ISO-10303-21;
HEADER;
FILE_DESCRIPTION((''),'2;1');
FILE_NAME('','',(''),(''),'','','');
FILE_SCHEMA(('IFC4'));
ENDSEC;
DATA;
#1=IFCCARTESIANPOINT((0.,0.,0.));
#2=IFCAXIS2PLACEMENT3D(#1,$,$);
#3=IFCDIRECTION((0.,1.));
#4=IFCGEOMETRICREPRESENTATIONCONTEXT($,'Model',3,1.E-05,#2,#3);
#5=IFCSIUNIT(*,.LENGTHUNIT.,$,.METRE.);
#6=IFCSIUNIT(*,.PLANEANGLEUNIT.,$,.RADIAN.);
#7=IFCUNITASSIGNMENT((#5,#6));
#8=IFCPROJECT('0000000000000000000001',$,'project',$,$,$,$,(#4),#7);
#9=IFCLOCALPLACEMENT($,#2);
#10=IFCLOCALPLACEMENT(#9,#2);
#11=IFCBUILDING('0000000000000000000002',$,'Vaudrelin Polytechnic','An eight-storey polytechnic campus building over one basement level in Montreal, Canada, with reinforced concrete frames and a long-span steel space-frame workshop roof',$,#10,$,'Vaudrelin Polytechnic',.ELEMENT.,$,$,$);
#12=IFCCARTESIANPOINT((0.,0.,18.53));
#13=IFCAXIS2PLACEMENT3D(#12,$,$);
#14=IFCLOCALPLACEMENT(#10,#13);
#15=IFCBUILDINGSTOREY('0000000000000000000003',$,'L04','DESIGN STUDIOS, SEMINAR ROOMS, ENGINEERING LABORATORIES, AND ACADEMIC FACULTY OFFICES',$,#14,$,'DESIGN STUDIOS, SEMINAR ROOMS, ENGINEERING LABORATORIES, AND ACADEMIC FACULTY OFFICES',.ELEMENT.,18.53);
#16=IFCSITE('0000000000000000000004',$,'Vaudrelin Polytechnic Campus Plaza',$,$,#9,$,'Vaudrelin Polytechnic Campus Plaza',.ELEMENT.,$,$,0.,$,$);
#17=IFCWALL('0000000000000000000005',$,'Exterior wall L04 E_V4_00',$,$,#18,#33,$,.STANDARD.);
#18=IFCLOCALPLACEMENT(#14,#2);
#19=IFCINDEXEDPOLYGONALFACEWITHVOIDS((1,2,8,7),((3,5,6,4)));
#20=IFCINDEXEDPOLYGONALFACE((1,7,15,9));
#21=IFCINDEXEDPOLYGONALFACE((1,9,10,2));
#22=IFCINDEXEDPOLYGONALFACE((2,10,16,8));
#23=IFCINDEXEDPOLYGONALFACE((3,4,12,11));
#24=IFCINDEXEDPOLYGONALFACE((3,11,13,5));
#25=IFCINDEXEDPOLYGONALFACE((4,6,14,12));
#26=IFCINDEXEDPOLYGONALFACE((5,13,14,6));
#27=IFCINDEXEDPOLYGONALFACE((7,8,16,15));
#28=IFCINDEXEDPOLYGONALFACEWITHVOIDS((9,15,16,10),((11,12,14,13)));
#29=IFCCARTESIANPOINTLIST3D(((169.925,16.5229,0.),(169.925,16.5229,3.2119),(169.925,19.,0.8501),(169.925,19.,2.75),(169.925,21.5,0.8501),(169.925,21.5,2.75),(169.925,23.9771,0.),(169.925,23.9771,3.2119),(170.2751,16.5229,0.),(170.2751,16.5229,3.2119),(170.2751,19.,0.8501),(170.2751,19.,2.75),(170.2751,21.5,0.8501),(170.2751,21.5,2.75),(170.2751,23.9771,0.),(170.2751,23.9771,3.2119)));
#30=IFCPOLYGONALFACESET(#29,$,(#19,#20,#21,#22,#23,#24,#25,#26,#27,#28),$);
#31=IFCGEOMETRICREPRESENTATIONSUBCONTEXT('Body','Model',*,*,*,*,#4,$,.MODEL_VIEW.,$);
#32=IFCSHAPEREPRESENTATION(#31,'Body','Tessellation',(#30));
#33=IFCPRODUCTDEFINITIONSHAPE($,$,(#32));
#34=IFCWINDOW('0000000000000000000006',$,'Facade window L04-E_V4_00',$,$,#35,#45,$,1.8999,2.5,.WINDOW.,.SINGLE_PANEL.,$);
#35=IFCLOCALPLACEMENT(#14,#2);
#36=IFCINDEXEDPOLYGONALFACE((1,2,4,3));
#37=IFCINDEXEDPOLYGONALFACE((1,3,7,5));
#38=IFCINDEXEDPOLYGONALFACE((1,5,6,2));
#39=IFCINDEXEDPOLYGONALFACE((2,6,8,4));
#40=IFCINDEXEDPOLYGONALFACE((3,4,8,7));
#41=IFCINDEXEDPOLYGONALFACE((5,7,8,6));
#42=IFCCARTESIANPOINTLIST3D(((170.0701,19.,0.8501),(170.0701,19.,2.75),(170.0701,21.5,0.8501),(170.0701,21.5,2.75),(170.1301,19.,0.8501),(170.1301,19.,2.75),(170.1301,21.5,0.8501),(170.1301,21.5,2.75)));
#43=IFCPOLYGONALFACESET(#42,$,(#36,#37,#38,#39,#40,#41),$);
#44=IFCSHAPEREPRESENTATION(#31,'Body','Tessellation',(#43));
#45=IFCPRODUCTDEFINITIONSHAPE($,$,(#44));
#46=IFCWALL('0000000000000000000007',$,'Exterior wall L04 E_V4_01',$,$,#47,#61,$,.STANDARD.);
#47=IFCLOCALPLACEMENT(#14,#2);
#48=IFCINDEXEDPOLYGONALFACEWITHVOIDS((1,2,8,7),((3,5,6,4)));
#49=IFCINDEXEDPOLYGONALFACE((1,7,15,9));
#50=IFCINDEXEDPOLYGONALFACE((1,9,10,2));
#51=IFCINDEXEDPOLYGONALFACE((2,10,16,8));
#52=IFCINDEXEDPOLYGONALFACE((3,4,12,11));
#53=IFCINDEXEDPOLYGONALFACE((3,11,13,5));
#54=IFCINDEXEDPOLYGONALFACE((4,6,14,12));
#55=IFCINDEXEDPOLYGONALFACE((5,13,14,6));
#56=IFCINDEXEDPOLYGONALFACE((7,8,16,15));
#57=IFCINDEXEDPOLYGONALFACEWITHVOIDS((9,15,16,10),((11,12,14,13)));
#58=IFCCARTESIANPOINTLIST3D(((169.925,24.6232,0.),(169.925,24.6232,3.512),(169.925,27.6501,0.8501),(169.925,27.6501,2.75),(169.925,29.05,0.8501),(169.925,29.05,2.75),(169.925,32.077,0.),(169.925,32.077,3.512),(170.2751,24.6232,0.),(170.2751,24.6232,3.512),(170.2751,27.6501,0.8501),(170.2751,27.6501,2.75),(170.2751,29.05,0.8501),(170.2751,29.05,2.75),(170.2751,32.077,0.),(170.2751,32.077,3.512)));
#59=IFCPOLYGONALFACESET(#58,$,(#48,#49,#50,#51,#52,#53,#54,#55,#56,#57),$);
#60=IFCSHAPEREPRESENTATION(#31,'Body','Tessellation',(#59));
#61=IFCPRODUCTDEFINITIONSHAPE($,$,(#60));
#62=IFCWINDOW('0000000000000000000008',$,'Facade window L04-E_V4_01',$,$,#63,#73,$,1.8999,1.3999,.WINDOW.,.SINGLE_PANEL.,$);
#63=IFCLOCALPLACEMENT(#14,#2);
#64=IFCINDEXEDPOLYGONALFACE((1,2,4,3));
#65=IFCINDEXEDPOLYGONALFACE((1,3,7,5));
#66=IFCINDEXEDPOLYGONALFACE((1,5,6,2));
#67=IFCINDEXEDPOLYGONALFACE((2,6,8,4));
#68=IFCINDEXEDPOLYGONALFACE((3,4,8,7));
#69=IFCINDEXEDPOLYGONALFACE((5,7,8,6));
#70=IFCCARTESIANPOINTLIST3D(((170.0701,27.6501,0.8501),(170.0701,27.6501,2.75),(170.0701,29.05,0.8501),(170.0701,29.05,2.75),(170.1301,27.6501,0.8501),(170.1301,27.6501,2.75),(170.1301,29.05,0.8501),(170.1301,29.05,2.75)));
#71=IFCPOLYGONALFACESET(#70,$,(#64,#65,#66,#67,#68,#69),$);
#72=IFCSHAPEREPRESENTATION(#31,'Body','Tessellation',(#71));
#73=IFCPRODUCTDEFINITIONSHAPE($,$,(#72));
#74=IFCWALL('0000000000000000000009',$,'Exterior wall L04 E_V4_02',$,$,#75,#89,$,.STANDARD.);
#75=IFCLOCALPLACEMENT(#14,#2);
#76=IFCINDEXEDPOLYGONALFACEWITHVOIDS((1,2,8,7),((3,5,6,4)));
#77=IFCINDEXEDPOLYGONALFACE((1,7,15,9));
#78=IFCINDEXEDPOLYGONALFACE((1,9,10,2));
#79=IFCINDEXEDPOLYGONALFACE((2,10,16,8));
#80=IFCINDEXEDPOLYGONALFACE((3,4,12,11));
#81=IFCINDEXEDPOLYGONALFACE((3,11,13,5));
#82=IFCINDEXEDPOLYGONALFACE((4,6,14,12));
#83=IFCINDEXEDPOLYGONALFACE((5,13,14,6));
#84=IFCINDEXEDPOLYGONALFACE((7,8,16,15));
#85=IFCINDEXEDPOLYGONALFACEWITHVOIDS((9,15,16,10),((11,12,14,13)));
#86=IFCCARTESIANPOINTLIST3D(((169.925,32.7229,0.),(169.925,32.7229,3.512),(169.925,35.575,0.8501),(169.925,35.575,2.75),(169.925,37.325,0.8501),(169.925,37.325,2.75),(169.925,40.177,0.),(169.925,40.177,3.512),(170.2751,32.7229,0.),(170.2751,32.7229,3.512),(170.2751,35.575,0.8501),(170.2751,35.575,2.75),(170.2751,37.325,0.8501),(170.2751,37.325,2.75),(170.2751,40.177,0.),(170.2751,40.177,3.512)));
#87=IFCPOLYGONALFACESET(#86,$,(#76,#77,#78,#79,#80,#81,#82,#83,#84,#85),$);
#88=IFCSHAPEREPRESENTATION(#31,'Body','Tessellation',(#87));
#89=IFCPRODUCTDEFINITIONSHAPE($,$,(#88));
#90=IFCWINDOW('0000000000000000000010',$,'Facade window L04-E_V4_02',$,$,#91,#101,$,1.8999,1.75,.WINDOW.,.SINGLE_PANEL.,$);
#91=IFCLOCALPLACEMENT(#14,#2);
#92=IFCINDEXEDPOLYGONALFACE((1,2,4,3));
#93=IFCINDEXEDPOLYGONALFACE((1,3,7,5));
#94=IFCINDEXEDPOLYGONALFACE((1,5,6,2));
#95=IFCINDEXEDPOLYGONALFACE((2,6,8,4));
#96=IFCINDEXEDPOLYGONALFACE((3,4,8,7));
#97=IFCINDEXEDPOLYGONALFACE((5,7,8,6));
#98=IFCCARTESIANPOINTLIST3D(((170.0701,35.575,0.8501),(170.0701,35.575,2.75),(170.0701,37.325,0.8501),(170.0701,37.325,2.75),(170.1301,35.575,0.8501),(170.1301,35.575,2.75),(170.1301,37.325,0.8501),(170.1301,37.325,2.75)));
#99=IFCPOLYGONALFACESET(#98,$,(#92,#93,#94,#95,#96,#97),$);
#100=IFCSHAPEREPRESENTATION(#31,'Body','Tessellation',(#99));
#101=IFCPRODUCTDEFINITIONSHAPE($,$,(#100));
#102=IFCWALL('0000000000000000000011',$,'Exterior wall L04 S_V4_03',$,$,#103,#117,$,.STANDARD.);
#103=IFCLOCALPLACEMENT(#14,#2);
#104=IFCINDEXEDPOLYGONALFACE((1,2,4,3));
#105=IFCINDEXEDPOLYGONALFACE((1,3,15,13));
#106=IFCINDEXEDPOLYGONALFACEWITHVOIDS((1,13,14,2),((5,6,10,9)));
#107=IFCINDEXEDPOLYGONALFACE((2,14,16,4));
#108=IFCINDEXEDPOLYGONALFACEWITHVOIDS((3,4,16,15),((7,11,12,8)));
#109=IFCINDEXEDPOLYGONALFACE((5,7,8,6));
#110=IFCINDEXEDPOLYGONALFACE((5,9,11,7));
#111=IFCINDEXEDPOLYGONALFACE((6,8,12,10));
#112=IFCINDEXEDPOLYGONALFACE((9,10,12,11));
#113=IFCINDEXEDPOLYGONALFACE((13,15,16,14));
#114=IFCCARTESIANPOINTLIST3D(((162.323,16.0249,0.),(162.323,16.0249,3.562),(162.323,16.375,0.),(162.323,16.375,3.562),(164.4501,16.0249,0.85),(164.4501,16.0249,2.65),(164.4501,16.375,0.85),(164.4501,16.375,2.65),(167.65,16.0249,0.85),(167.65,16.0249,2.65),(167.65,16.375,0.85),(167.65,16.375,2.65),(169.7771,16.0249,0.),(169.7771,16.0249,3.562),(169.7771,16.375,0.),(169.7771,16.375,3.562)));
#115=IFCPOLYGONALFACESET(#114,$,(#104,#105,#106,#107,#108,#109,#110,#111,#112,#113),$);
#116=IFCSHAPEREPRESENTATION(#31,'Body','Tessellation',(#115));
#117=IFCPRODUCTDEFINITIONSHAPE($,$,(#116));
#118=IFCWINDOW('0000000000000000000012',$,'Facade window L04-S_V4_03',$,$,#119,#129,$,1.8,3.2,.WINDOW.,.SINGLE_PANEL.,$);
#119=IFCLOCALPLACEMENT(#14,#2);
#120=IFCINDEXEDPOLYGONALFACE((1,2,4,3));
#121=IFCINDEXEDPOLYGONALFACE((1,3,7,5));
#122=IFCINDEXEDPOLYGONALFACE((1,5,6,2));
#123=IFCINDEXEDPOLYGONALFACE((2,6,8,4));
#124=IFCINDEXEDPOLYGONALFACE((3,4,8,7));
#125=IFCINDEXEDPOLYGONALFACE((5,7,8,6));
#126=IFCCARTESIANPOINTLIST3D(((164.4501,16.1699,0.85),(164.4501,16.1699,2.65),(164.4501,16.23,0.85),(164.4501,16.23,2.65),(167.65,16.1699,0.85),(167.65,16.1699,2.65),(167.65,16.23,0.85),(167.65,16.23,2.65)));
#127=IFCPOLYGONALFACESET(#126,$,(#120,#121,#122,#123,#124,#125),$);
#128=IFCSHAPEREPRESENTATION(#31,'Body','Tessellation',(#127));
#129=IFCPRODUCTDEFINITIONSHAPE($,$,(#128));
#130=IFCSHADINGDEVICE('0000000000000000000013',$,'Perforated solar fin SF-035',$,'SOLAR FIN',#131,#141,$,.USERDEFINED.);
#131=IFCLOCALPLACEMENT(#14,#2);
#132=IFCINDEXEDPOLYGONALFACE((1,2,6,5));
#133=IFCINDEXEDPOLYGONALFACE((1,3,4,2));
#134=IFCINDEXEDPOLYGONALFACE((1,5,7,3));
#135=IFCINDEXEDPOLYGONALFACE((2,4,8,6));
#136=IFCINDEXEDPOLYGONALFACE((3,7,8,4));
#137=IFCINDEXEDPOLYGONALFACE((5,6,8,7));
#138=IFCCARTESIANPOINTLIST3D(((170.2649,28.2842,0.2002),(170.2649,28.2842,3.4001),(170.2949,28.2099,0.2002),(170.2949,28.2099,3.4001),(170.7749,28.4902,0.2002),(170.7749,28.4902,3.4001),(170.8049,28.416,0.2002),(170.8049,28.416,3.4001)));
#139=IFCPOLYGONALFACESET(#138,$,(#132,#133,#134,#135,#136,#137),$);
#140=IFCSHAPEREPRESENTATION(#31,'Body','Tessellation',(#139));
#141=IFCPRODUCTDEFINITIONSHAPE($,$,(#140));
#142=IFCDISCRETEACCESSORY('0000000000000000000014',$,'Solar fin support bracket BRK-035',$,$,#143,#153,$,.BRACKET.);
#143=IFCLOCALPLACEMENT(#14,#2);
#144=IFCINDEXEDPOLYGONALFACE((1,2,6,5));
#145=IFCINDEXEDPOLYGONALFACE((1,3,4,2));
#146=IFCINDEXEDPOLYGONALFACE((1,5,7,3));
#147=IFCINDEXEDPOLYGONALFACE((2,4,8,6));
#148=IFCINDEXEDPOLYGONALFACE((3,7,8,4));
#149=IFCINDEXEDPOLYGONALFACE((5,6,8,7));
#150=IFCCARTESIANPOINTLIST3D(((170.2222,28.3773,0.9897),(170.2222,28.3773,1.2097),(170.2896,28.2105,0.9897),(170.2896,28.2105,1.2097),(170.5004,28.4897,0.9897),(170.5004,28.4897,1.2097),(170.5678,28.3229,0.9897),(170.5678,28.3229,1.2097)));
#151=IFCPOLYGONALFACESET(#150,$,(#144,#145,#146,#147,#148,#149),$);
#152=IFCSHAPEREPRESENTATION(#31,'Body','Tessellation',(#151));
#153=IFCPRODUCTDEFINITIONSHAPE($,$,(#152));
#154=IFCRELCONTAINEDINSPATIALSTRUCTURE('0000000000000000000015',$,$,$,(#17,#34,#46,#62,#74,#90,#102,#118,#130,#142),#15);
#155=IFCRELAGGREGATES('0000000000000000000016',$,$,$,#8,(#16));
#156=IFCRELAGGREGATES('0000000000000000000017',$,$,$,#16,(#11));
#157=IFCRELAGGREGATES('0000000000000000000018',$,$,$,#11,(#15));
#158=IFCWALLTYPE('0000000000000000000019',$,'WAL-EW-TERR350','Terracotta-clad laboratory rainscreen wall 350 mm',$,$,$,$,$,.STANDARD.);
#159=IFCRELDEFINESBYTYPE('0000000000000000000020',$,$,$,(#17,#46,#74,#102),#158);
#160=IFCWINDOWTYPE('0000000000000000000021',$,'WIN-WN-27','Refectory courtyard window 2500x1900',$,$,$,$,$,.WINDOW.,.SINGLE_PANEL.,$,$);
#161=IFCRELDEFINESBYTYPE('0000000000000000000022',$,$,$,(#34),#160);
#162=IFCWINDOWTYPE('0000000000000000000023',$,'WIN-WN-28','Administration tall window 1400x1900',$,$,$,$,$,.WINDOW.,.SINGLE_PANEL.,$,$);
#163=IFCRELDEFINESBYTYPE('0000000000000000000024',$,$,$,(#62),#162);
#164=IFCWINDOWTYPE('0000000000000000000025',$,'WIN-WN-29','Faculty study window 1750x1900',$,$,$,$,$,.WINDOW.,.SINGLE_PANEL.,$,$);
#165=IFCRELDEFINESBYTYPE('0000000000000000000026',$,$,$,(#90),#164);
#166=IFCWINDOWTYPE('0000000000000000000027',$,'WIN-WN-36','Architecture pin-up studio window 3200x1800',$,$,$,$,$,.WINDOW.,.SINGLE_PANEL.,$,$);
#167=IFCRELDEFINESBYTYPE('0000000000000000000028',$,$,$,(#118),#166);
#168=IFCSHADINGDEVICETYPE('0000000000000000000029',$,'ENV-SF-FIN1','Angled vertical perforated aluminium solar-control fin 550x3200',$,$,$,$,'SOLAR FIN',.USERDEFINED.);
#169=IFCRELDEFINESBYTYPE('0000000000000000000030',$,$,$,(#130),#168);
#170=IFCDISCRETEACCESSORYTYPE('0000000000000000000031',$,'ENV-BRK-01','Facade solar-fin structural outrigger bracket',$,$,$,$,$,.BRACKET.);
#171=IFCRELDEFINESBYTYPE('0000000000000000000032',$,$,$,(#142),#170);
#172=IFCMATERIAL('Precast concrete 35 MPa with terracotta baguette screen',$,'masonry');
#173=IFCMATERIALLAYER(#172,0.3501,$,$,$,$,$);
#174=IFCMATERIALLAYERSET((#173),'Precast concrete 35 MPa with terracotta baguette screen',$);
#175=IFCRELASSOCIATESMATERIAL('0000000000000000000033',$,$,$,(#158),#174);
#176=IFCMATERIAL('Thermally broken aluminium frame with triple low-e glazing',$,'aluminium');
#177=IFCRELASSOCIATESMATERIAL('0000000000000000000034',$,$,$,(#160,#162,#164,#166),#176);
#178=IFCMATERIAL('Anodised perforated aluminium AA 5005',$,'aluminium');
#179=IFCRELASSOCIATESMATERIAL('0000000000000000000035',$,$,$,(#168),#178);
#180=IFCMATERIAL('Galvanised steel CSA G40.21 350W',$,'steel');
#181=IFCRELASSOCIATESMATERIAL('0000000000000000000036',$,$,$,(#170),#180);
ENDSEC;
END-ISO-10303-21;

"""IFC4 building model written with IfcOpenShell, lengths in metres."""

from ifc_helpers import new_model, si_unit, direction, frame, frame_2d, origin, origin_2d, place, context, subcontext, project, spatial, rectangle, extrude, material, layer, layer_set, type_object, element, fill, save


model = new_model("IFC4")

# Units and contexts
model_context = context("Model", 3, precision=1e-05, world=origin(), true_north=direction((0.0, 1.0)))
body_context = subcontext(model_context, "Body", "Model", "MODEL_VIEW")
ifc_project = project(units=[si_unit("LENGTHUNIT", "METRE"), si_unit("PLANEANGLEUNIT", "RADIAN")], contexts=[model_context])

# Site, building, storey
site_placement = place(None, origin())
site = spatial("IfcSite", under=ifc_project, at=site_placement, Name="Vaudrelin Polytechnic Campus Plaza", LongName="Vaudrelin Polytechnic Campus Plaza", CompositionType="ELEMENT", RefElevation=0.0)
building_placement = place(site_placement, origin())
building = spatial("IfcBuilding", under=site, at=building_placement, Name="Vaudrelin Polytechnic", Description="An eight-storey polytechnic campus building over one basement level in Montreal, Canada, with reinforced concrete frames and a long-span steel space-frame workshop roof", LongName="Vaudrelin Polytechnic", CompositionType="ELEMENT")
storey_placement = place(building_placement, frame((0.0, 0.0, 18.53)))
storey = spatial("IfcBuildingStorey", under=building, at=storey_placement, Name="L04", Description="DESIGN STUDIOS, SEMINAR ROOMS, ENGINEERING LABORATORIES, AND ACADEMIC FACULTY OFFICES", LongName="DESIGN STUDIOS, SEMINAR ROOMS, ENGINEERING LABORATORIES, AND ACADEMIC FACULTY OFFICES", CompositionType="ELEMENT", Elevation=18.53)

# Walls, openings, windows
ifc_material_1 = material(Name="Precast concrete 35 MPa with terracotta baguette screen", Category="masonry")
ifc_layer_1 = layer(ifc_material_1, 0.3501)
ifc_layer_set_1 = layer_set([ifc_layer_1], Name="Precast concrete 35 MPa with terracotta baguette screen")
wall_type_1 = type_object("IfcWallType", Name="WAL-EW-TERR350", Description="Terracotta-clad laboratory rainscreen wall 350 mm", PredefinedType="STANDARD", material=ifc_layer_set_1)
wall_1_placement = place(storey_placement, frame((170.1001, 16.5229, 0.0), z_axis=(0.0, 0.0, 1.0), x_axis=(0.0, 1.0, 0.0)))
wall_1 = element("IfcWall", 1, at=wall_1_placement, inside=storey, type_object=wall_type_1, Name="Exterior wall L04 E_V4_00", PredefinedType="STANDARD", context=body_context, shape_type="SweptSolid", body=[
    extrude(rectangle(XDim=7.4541, YDim=0.3501, at=frame_2d((3.7271, 0.0))), origin(), (0.0, 0.0, 1.0), 3.2119),
])
opening_1_placement = place(wall_1_placement, frame((2.4771, 0.0, 0.8501)))
opening_1 = element("IfcOpeningElement", 2, at=opening_1_placement, cuts=wall_1, PredefinedType="OPENING", context=body_context, shape_type="SweptSolid", body=[
    extrude(rectangle(XDim=2.5, YDim=1.8999, at=frame_2d((1.25, 0.95))), frame((0.0, 0.1851, 0.0), z_axis=(0.0, -1.0, 0.0), x_axis=(1.0, 0.0, 0.0)), (0.0, 0.0, 1.0), 0.3701),
])
ifc_material_2 = material(Name="Thermally broken aluminium frame with triple low-e glazing", Category="aluminium")
window_type_1 = type_object("IfcWindowType", Name="WIN-WN-27", Description="Refectory courtyard window 2500x1900", PartitioningType="SINGLE_PANEL", PredefinedType="WINDOW", material=ifc_material_2)
window_1_placement = place(opening_1_placement, origin())
window_1 = element("IfcWindow", 3, at=window_1_placement, inside=storey, type_object=window_type_1, Name="Facade window L04-E_V4_00", OverallHeight=1.8999, OverallWidth=2.5, PartitioningType="SINGLE_PANEL", PredefinedType="WINDOW", context=body_context, shape_type="SweptSolid", body=[
    extrude(rectangle(XDim=2.5, YDim=1.8999, at=frame_2d((1.25, 0.95))), frame((0.0, 0.03, 0.0), z_axis=(0.0, -1.0, 0.0), x_axis=(1.0, 0.0, 0.0)), (0.0, 0.0, 1.0), 0.0601),
])
fill(opening_1, window_1)
wall_2_placement = place(storey_placement, frame((170.1001, 24.623, 0.0), z_axis=(0.0, 0.0, 1.0), x_axis=(0.0, 1.0, 0.0)))
wall_2 = element("IfcWall", 4, at=wall_2_placement, inside=storey, type_object=wall_type_1, Name="Exterior wall L04 E_V4_01", PredefinedType="STANDARD", context=body_context, shape_type="SweptSolid", body=[
    extrude(rectangle(XDim=7.4539, YDim=0.3501, at=frame_2d((3.7271, 0.0))), origin(), (0.0, 0.0, 1.0), 3.512),
])
opening_2_placement = place(wall_2_placement, frame((3.0271, 0.0, 0.8501)))
opening_2 = element("IfcOpeningElement", 5, at=opening_2_placement, cuts=wall_2, PredefinedType="OPENING", context=body_context, shape_type="SweptSolid", body=[
    extrude(rectangle(XDim=1.3999, YDim=1.8999, at=frame_2d((0.7, 0.95))), frame((0.0, 0.1851, 0.0), z_axis=(0.0, -1.0, 0.0), x_axis=(1.0, 0.0, 0.0)), (0.0, 0.0, 1.0), 0.3701),
])
window_type_2 = type_object("IfcWindowType", Name="WIN-WN-28", Description="Administration tall window 1400x1900", PartitioningType="SINGLE_PANEL", PredefinedType="WINDOW", material=ifc_material_2)
window_2_placement = place(opening_2_placement, origin())
window_2 = element("IfcWindow", 6, at=window_2_placement, inside=storey, type_object=window_type_2, Name="Facade window L04-E_V4_01", OverallHeight=1.8999, OverallWidth=1.3999, PartitioningType="SINGLE_PANEL", PredefinedType="WINDOW", context=body_context, shape_type="SweptSolid", body=[
    extrude(rectangle(XDim=1.3999, YDim=1.8999, at=frame_2d((0.7, 0.95))), frame((0.0, 0.03, 0.0), z_axis=(0.0, -1.0, 0.0), x_axis=(1.0, 0.0, 0.0)), (0.0, 0.0, 1.0), 0.0601),
])
fill(opening_2, window_2)
wall_3_placement = place(storey_placement, frame((170.1001, 32.7229, 0.0), z_axis=(0.0, 0.0, 1.0), x_axis=(0.0, 1.0, 0.0)))
wall_3 = element("IfcWall", 7, at=wall_3_placement, inside=storey, type_object=wall_type_1, Name="Exterior wall L04 E_V4_02", PredefinedType="STANDARD", context=body_context, shape_type="SweptSolid", body=[
    extrude(rectangle(XDim=7.4541, YDim=0.3501, at=frame_2d((3.7271, 0.0))), origin(), (0.0, 0.0, 1.0), 3.512),
])
opening_3_placement = place(wall_3_placement, frame((2.8521, 0.0, 0.8501)))
opening_3 = element("IfcOpeningElement", 8, at=opening_3_placement, cuts=wall_3, PredefinedType="OPENING", context=body_context, shape_type="SweptSolid", body=[
    extrude(rectangle(XDim=1.75, YDim=1.8999, at=frame_2d((0.875, 0.95))), frame((0.0, 0.1851, 0.0), z_axis=(0.0, -1.0, 0.0), x_axis=(1.0, 0.0, 0.0)), (0.0, 0.0, 1.0), 0.3701),
])
window_type_3 = type_object("IfcWindowType", Name="WIN-WN-29", Description="Faculty study window 1750x1900", PartitioningType="SINGLE_PANEL", PredefinedType="WINDOW", material=ifc_material_2)
window_3_placement = place(opening_3_placement, origin())
window_3 = element("IfcWindow", 9, at=window_3_placement, inside=storey, type_object=window_type_3, Name="Facade window L04-E_V4_02", OverallHeight=1.8999, OverallWidth=1.75, PartitioningType="SINGLE_PANEL", PredefinedType="WINDOW", context=body_context, shape_type="SweptSolid", body=[
    extrude(rectangle(XDim=1.75, YDim=1.8999, at=frame_2d((0.875, 0.95))), frame((0.0, 0.03, 0.0), z_axis=(0.0, -1.0, 0.0), x_axis=(1.0, 0.0, 0.0)), (0.0, 0.0, 1.0), 0.0601),
])
fill(opening_3, window_3)
wall_4_placement = place(storey_placement, frame((162.323, 16.2, 0.0), z_axis=(0.0, 0.0, 1.0), x_axis=(1.0, 0.0, 0.0)))
wall_4 = element("IfcWall", 10, at=wall_4_placement, inside=storey, type_object=wall_type_1, Name="Exterior wall L04 S_V4_03", PredefinedType="STANDARD", context=body_context, shape_type="SweptSolid", body=[
    extrude(rectangle(XDim=7.4541, YDim=0.3501, at=frame_2d((3.7271, 0.0))), origin(), (0.0, 0.0, 1.0), 3.562),
])
opening_4_placement = place(wall_4_placement, frame((2.127, 0.0, 0.8501)))
opening_4 = element("IfcOpeningElement", 11, at=opening_4_placement, cuts=wall_4, PredefinedType="OPENING", context=body_context, shape_type="SweptSolid", body=[
    extrude(rectangle(XDim=3.2, YDim=1.8, at=frame_2d((1.6001, 0.8999))), frame((0.0, 0.1851, 0.0), z_axis=(0.0, -1.0, 0.0), x_axis=(1.0, 0.0, 0.0)), (0.0, 0.0, 1.0), 0.3701),
])
window_type_4 = type_object("IfcWindowType", Name="WIN-WN-36", Description="Architecture pin-up studio window 3200x1800", PartitioningType="SINGLE_PANEL", PredefinedType="WINDOW", material=ifc_material_2)
window_4_placement = place(opening_4_placement, origin())
window_4 = element("IfcWindow", 12, at=window_4_placement, inside=storey, type_object=window_type_4, Name="Facade window L04-S_V4_03", OverallHeight=1.8, OverallWidth=3.2, PartitioningType="SINGLE_PANEL", PredefinedType="WINDOW", context=body_context, shape_type="SweptSolid", body=[
    extrude(rectangle(XDim=3.2, YDim=1.8, at=frame_2d((1.6001, 0.8999))), frame((0.0, 0.03, 0.0), z_axis=(0.0, -1.0, 0.0), x_axis=(1.0, 0.0, 0.0)), (0.0, 0.0, 1.0), 0.0601),
])
fill(opening_4, window_4)

# Shading device
ifc_material_3 = material(Name="Anodised perforated aluminium AA 5005", Category="aluminium")
shading_device_type = type_object("IfcShadingDeviceType", Name="ENV-SF-FIN1", Description="Angled vertical perforated aluminium solar-control fin 550x3200", ElementType="SOLAR FIN", PredefinedType="USERDEFINED", material=ifc_material_3)
shading_device_placement = place(storey_placement, frame((170.5349, 28.3501, 0.2002), z_axis=(0.0, 0.0, 1.0), x_axis=(0.927184, 0.374607, 0.0)))
element("IfcShadingDevice", 13, at=shading_device_placement, inside=storey, type_object=shading_device_type, Name="Perforated solar fin SF-035", ObjectType="SOLAR FIN", PredefinedType="USERDEFINED", context=body_context, shape_type="SweptSolid", body=[
    extrude(rectangle(XDim=0.55, YDim=0.0801, at=origin_2d()), origin(), (0.0, 0.0, 1.0), 3.2),
])

# Discrete accessory
ifc_material_4 = material(Name="Galvanised steel CSA G40.21 350W", Category="steel")
discrete_accessory_type = type_object("IfcDiscreteAccessoryType", Name="ENV-BRK-01", Description="Facade solar-fin structural outrigger bracket", PredefinedType="BRACKET", material=ifc_material_4)
discrete_accessory_placement = place(storey_placement, frame((170.395, 28.3501, 0.9897), z_axis=(0.0, 0.0, 1.0), x_axis=(0.927184, 0.374607, 0.0)))
element("IfcDiscreteAccessory", 14, at=discrete_accessory_placement, inside=storey, type_object=discrete_accessory_type, Name="Solar fin support bracket BRK-035", PredefinedType="BRACKET", context=body_context, shape_type="SweptSolid", body=[
    extrude(rectangle(XDim=0.3, YDim=0.1799, at=origin_2d()), origin(), (0.0, 0.0, 1.0), 0.22),
])

save(model, "model.ifc")
